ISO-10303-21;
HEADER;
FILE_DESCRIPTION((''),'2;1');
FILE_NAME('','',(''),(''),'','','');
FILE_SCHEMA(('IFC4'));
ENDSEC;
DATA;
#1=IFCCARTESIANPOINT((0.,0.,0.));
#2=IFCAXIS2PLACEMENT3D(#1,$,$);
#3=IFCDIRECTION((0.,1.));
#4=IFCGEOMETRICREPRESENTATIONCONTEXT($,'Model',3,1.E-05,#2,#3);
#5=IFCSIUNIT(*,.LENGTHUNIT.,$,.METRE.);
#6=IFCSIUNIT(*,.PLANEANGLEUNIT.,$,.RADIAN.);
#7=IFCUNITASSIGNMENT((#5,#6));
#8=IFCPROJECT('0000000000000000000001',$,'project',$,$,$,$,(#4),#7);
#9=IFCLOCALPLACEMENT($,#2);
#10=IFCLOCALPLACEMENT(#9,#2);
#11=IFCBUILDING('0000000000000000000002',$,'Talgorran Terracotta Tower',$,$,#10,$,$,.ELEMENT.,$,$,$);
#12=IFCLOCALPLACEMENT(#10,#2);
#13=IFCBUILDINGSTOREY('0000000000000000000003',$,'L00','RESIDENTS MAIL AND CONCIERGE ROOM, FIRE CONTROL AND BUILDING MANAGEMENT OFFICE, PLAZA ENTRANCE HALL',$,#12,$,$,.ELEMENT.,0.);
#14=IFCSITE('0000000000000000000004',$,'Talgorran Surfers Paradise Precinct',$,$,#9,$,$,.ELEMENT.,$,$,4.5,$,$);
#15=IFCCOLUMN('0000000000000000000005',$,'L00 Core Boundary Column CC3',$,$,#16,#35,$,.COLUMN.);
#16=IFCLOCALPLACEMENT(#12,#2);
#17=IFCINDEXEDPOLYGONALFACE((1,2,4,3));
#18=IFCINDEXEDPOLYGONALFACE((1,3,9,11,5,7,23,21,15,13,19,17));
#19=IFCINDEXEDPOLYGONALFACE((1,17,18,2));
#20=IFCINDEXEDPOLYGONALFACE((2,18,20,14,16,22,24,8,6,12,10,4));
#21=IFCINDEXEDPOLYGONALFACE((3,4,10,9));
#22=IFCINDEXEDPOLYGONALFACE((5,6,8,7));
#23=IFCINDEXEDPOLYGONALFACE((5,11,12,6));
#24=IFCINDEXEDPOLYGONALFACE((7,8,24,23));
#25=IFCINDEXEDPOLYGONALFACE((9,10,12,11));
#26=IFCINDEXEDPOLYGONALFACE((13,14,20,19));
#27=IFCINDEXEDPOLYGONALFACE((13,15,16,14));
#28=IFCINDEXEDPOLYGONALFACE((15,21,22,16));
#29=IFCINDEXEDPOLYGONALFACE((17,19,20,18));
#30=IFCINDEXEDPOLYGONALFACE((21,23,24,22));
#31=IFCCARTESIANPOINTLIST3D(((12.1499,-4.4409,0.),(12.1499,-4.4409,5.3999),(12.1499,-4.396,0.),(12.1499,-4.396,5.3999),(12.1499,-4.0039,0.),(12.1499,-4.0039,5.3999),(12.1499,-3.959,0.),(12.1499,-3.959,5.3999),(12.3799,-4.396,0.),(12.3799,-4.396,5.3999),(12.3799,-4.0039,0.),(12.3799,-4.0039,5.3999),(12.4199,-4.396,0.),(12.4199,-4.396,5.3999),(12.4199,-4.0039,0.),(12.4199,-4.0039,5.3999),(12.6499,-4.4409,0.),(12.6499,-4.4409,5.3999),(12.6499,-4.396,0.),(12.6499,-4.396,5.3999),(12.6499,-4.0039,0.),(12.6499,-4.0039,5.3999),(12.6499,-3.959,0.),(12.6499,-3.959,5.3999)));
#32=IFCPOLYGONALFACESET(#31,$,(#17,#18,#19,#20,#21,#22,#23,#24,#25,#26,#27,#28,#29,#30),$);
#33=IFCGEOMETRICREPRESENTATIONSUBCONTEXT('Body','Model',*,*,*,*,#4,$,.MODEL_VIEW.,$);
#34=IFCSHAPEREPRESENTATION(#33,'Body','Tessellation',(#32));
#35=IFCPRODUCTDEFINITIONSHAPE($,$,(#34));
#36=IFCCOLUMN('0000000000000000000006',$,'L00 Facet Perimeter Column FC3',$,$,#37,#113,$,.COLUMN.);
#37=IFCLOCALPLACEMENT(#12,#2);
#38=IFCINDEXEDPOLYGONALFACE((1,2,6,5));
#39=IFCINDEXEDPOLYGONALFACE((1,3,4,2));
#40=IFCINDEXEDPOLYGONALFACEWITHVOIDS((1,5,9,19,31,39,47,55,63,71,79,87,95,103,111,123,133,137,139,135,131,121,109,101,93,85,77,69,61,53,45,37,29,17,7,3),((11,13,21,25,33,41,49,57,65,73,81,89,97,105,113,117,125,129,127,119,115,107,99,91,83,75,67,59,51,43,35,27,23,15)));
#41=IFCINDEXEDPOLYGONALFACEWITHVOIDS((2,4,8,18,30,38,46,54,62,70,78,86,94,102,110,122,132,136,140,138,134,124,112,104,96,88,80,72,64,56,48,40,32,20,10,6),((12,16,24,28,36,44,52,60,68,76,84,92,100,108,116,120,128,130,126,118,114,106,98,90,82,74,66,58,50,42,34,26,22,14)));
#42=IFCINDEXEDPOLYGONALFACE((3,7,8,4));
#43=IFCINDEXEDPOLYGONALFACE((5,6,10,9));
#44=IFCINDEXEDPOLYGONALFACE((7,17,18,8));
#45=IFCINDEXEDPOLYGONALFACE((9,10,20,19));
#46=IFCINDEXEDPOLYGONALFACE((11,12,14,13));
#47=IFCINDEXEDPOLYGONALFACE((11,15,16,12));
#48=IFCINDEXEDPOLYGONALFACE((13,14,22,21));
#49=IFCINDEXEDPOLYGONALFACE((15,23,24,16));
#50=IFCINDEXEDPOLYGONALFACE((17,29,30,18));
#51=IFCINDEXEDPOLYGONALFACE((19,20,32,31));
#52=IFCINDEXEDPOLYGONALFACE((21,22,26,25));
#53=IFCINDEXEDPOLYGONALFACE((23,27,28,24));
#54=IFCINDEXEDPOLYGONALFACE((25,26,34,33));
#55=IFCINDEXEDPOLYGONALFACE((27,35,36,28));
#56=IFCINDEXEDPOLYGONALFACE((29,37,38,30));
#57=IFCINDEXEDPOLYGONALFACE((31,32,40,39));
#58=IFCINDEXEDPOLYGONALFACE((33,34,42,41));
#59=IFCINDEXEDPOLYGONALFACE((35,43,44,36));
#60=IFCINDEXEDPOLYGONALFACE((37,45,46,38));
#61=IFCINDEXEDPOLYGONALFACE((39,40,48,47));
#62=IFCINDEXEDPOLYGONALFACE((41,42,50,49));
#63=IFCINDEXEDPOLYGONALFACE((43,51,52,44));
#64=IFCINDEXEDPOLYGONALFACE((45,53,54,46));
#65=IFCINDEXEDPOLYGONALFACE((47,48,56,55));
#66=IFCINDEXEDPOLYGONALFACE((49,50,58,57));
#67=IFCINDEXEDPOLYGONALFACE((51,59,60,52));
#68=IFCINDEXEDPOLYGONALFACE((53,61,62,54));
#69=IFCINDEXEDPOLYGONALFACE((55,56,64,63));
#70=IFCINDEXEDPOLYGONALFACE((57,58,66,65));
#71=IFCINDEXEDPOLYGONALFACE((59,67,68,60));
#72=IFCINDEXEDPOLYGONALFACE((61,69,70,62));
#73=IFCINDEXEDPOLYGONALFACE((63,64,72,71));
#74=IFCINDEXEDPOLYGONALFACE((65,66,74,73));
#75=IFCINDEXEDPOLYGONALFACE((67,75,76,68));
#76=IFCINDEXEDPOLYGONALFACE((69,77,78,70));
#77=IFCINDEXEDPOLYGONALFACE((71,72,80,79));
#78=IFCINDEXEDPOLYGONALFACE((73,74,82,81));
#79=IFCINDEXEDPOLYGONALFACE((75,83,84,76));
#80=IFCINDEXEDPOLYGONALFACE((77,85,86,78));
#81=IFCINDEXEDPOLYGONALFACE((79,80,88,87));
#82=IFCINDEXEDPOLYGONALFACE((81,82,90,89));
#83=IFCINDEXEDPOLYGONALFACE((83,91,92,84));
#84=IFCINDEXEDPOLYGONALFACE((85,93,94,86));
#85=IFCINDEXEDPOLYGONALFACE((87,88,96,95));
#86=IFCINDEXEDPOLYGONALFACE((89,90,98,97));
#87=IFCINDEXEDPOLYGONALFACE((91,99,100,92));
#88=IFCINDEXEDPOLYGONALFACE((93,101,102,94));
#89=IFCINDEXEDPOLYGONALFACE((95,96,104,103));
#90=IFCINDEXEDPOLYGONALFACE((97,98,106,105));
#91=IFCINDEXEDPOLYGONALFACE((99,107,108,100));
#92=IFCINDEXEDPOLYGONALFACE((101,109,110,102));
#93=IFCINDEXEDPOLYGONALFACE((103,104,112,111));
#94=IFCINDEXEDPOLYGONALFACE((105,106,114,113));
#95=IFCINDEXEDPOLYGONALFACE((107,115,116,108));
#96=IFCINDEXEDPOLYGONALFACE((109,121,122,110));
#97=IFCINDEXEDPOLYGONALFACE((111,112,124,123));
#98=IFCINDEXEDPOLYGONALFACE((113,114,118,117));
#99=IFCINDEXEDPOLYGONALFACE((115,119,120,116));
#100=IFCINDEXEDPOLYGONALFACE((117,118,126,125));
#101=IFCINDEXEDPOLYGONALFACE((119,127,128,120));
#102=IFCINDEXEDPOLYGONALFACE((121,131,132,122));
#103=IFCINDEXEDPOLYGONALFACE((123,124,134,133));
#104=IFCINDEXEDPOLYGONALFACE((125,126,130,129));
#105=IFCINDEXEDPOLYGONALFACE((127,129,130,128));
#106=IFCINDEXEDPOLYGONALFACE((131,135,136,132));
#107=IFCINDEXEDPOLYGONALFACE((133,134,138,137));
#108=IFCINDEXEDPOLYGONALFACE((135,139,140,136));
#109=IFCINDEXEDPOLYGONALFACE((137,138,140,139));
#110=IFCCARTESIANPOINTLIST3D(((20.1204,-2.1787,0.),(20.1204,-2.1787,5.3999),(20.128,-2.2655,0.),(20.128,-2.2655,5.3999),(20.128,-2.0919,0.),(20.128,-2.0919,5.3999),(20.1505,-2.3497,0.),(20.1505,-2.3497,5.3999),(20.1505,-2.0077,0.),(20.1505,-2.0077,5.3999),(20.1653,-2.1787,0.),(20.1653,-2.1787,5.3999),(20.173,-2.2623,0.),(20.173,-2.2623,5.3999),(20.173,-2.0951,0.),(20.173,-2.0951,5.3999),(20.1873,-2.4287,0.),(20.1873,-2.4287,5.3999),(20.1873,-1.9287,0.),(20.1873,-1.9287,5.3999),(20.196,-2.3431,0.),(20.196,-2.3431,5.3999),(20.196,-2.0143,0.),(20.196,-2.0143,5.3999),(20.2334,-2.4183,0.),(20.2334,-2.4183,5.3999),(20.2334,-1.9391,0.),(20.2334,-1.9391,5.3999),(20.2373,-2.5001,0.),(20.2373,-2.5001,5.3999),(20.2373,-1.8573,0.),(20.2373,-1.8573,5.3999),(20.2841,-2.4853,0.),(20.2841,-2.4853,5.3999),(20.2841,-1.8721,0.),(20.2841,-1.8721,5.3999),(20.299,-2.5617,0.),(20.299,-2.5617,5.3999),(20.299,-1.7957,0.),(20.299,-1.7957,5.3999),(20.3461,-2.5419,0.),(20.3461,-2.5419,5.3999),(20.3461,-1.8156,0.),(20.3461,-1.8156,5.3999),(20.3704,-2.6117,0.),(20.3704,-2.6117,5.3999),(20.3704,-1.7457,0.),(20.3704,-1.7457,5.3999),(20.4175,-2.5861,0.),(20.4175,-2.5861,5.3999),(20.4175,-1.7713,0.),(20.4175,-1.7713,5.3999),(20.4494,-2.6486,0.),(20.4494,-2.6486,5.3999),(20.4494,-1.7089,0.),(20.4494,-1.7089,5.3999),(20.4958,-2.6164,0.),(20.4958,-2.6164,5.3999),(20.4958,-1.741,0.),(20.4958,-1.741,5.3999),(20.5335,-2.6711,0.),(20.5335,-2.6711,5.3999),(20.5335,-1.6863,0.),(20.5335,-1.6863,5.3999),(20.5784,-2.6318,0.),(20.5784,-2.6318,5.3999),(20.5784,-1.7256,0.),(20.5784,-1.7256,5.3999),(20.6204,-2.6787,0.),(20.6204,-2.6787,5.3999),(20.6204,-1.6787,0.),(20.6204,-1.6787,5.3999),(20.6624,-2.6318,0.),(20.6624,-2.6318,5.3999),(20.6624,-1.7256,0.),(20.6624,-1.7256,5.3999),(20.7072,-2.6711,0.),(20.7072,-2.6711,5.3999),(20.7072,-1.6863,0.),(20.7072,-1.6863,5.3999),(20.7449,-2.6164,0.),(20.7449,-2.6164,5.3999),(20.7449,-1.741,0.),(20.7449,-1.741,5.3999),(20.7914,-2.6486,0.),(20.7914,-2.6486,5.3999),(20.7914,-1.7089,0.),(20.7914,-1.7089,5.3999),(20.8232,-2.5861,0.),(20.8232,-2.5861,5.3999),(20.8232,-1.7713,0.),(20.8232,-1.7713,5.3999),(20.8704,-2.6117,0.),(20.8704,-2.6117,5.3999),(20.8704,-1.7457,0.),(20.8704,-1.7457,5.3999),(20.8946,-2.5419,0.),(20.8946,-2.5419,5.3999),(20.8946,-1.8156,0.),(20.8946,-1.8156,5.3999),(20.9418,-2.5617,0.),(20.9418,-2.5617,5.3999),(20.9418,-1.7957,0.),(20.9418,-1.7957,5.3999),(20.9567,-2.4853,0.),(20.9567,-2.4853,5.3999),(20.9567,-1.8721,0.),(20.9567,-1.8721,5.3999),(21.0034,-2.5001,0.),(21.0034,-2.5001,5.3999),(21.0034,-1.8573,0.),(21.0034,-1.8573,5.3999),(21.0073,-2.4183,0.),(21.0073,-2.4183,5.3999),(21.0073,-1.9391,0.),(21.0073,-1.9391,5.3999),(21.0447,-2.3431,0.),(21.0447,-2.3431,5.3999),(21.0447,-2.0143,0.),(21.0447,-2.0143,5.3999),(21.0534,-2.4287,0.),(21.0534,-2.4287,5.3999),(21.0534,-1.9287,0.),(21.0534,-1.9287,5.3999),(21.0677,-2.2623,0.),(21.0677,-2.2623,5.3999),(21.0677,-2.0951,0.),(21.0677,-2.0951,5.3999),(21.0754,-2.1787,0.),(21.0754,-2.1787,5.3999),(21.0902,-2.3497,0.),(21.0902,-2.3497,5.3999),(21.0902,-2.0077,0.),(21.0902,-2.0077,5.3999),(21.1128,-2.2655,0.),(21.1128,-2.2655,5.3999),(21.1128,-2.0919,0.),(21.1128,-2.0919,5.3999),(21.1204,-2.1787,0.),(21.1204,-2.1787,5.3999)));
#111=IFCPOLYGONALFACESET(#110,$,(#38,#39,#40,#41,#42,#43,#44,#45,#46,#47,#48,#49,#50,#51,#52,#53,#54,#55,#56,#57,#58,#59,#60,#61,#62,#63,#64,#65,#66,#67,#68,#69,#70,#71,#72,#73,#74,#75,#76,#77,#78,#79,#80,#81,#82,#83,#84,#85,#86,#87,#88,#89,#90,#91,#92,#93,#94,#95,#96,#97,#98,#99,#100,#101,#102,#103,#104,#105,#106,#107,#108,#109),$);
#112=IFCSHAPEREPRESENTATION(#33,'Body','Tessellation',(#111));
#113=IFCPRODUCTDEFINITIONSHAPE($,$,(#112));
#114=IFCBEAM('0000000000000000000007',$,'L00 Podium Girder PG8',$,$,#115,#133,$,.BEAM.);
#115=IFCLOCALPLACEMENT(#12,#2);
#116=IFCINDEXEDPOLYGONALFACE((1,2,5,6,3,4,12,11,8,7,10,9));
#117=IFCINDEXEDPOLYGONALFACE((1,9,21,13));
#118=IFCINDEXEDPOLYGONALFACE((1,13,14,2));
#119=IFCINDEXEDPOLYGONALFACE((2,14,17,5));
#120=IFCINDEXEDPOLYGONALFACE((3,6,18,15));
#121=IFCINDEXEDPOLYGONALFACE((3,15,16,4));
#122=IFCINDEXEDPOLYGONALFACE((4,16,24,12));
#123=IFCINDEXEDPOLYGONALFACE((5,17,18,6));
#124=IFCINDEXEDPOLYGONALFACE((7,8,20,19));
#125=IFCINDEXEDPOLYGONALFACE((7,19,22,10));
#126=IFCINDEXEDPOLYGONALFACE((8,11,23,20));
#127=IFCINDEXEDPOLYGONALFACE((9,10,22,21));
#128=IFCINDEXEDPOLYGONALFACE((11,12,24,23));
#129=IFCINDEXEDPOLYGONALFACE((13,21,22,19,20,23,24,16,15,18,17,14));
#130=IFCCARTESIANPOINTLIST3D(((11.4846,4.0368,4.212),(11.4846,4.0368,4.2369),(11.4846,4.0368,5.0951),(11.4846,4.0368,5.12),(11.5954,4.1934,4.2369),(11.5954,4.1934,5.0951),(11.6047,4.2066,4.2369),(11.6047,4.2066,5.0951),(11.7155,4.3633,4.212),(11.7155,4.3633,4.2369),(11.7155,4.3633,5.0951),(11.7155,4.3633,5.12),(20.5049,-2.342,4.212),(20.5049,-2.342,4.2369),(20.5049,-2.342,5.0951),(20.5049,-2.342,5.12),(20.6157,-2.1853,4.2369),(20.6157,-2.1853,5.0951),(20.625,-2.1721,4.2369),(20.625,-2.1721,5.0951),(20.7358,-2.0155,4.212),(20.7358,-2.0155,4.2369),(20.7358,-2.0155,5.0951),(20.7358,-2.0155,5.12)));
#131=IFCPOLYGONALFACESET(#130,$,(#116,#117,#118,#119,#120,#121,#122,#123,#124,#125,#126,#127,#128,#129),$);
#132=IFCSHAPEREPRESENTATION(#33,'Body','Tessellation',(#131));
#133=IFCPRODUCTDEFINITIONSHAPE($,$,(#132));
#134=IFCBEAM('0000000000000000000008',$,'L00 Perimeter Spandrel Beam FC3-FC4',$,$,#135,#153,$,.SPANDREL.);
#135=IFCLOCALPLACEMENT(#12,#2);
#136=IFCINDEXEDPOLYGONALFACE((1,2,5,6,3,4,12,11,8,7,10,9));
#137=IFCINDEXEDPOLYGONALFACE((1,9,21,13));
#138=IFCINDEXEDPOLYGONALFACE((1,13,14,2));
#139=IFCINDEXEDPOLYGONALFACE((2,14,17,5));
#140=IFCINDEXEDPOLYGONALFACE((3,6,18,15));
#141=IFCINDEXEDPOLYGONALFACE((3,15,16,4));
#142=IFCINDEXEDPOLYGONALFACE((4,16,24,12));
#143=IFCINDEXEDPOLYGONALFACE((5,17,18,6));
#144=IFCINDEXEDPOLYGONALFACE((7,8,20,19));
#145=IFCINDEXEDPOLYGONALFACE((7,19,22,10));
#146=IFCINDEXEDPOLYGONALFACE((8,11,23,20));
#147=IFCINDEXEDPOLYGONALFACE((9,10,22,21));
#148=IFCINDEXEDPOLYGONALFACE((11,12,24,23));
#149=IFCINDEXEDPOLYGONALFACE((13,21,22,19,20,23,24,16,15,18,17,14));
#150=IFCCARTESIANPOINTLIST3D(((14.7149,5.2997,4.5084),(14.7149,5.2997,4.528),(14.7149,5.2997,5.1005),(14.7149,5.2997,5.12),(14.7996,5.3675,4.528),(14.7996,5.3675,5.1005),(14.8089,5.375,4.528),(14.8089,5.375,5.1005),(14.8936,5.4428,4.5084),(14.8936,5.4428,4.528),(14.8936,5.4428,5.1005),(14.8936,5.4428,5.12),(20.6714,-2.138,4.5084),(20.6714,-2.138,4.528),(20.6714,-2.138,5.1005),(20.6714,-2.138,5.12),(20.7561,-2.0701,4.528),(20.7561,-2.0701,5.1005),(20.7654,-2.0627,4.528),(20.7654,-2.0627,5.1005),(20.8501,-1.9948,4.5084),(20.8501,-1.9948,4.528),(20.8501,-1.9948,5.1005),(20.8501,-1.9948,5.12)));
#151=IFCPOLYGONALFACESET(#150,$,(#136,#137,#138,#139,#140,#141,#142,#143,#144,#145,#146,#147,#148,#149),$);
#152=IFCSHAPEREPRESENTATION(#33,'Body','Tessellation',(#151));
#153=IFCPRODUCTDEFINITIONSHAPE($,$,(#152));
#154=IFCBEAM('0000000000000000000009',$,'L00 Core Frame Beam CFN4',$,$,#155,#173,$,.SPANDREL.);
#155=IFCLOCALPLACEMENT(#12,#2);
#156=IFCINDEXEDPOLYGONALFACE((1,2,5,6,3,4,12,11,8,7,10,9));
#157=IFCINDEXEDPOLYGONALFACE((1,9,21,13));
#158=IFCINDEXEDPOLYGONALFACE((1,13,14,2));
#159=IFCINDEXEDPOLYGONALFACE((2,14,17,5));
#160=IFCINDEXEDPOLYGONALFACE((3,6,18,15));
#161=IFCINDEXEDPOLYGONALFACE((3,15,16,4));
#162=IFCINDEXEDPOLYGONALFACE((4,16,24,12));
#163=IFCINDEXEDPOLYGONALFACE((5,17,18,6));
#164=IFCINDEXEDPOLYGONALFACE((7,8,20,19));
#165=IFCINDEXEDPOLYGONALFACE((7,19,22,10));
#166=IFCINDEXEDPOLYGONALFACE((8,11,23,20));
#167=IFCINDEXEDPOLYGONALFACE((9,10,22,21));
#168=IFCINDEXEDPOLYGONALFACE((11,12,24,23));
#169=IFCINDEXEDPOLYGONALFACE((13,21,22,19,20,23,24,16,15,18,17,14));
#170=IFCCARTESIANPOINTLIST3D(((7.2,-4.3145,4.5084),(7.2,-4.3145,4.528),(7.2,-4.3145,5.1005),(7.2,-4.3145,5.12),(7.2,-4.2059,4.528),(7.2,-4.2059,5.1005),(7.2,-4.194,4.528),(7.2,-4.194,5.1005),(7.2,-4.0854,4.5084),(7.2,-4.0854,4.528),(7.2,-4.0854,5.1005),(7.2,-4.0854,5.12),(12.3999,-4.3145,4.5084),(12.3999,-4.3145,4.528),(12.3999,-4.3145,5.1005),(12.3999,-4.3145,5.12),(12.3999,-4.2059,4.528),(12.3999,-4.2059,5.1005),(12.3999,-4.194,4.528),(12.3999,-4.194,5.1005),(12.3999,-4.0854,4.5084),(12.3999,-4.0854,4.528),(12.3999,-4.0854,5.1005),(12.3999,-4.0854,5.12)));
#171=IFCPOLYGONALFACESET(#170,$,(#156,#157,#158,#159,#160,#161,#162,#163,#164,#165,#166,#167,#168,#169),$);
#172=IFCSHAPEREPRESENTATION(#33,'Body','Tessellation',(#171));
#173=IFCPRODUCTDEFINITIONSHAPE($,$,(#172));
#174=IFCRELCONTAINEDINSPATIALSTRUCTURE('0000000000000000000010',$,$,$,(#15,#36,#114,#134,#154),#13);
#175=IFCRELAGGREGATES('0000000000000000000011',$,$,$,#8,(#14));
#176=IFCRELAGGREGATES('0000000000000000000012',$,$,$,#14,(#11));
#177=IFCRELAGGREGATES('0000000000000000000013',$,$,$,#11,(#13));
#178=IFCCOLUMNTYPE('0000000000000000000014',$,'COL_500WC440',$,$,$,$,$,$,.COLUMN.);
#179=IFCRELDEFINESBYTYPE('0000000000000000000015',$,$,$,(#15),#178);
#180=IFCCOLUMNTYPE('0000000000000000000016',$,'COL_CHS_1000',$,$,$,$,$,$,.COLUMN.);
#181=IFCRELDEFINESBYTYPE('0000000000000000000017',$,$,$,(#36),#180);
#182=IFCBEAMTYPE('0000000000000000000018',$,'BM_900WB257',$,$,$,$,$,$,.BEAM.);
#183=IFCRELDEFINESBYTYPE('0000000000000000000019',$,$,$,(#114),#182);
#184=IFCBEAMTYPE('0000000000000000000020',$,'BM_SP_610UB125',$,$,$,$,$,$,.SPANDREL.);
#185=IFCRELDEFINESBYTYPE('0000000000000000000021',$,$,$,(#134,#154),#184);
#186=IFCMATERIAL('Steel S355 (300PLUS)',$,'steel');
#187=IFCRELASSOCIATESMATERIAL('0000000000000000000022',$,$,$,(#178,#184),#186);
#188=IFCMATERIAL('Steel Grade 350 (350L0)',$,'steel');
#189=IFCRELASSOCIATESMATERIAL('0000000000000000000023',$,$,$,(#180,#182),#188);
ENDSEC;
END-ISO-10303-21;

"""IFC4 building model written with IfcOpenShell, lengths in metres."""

from ifc_helpers import new_model, si_unit, direction, frame, origin, origin_2d, place, context, subcontext, project, spatial, hollow_circle, i_section, extrude, material, material_profile, profile_set, type_object, element, save


model = new_model("IFC4")

# Units and contexts
model_context = context("Model", 3, precision=1e-05, world=origin(), true_north=direction((0.0, 1.0)))
body_context = subcontext(model_context, "Body", "Model", "MODEL_VIEW")
ifc_project = project(units=[si_unit("LENGTHUNIT", "METRE"), si_unit("PLANEANGLEUNIT", "RADIAN")], contexts=[model_context])

# Site, building, storey
site_placement = place(None, origin())
site = spatial("IfcSite", under=ifc_project, at=site_placement, Name="Talgorran Surfers Paradise Precinct", CompositionType="ELEMENT", RefElevation=4.5)
building_placement = place(site_placement, origin())
building = spatial("IfcBuilding", under=site, at=building_placement, Name="Talgorran Terracotta Tower", CompositionType="ELEMENT")
storey_placement = place(building_placement, origin())
storey = spatial("IfcBuildingStorey", under=building, at=storey_placement, Name="L00", Description="RESIDENTS MAIL AND CONCIERGE ROOM, FIRE CONTROL AND BUILDING MANAGEMENT OFFICE, PLAZA ENTRANCE HALL", CompositionType="ELEMENT", Elevation=0.0)

# Columns
ifc_material_1 = material(Name="Steel S355 (300PLUS)", Category="steel")
ifc_material_profile_1 = material_profile(ifc_material_1, i_section(OverallWidth=0.5, OverallDepth=0.4819, WebThickness=0.04, FlangeThickness=0.0449, at=origin_2d()), Name="500WC440")
ifc_profile_set_1 = profile_set([ifc_material_profile_1], Name="Steel S355 (300PLUS)")
column_type_1 = type_object("IfcColumnType", Name="COL_500WC440", PredefinedType="COLUMN", material=ifc_profile_set_1)
column_1_placement = place(storey_placement, frame((12.3999, -4.2, 0.0), z_axis=(0.0, 0.0, 1.0), x_axis=(1.0, 0.0, 0.0)))
element("IfcColumn", 1, at=column_1_placement, inside=storey, type_object=column_type_1, Name="L00 Core Boundary Column CC3", PredefinedType="COLUMN", context=body_context, shape_type="SweptSolid", body=[
    extrude(i_section(OverallWidth=0.5, OverallDepth=0.4819, WebThickness=0.04, FlangeThickness=0.0449, at=origin_2d()), origin(), (0.0, 0.0, 1.0), 5.3999),
])
ifc_material_2 = material(Name="Steel Grade 350 (350L0)", Category="steel")
ifc_material_profile_2 = material_profile(ifc_material_2, hollow_circle(Radius=0.5, WallThickness=0.0449, at=origin_2d()), Name="CHS1000X45")
ifc_profile_set_2 = profile_set([ifc_material_profile_2], Name="Steel Grade 350 (350L0)")
column_type_2 = type_object("IfcColumnType", Name="COL_CHS_1000", PredefinedType="COLUMN", material=ifc_profile_set_2)
column_2_placement = place(storey_placement, frame((20.6204, -2.1787, 0.0), z_axis=(0.0, 0.0, 1.0), x_axis=(1.0, 0.0, 0.0)))
element("IfcColumn", 2, at=column_2_placement, inside=storey, type_object=column_type_2, Name="L00 Facet Perimeter Column FC3", PredefinedType="COLUMN", context=body_context, shape_type="SweptSolid", body=[
    extrude(hollow_circle(Radius=0.5, WallThickness=0.0449, at=origin_2d()), origin(), (0.0, 0.0, 1.0), 5.3999),
])

# Beams
ifc_material_profile_3 = material_profile(ifc_material_2, i_section(OverallWidth=0.3999, OverallDepth=0.908, WebThickness=0.0161, FlangeThickness=0.0249, at=origin_2d()), Name="900WB257")
ifc_profile_set_3 = profile_set([ifc_material_profile_3], Name="Steel Grade 350 (350L0)")
beam_type_1 = type_object("IfcBeamType", Name="BM_900WB257", PredefinedType="BEAM", material=ifc_profile_set_3)
beam_1_placement = place(storey_placement, frame((20.6204, -2.1787, 4.666), z_axis=(-0.816481, 0.577373, 0.0), x_axis=(-0.577373, -0.816481, 0.0)))
element("IfcBeam", 3, at=beam_1_placement, inside=storey, type_object=beam_type_1, Name="L00 Podium Girder PG8", PredefinedType="BEAM", context=body_context, shape_type="SweptSolid", body=[
    extrude(i_section(OverallWidth=0.3999, OverallDepth=0.908, WebThickness=0.0161, FlangeThickness=0.0249, at=origin_2d()), origin(), (0.0, 0.0, 1.0), 11.0479),
])
ifc_material_profile_4 = material_profile(ifc_material_1, i_section(OverallWidth=0.229, OverallDepth=0.6116, WebThickness=0.012, FlangeThickness=0.0195, at=origin_2d()), Name="610UB125")
ifc_profile_set_4 = profile_set([ifc_material_profile_4], Name="Steel S355 (300PLUS)")
beam_type_2 = type_object("IfcBeamType", Name="BM_SP_610UB125", PredefinedType="SPANDREL", material=ifc_profile_set_4)
beam_2_placement = place(storey_placement, frame((20.7607, -2.0664, 4.8142), z_axis=(-0.625101, 0.780544, 0.0), x_axis=(-0.780544, -0.625101, 0.0)))
element("IfcBeam", 4, at=beam_2_placement, inside=storey, type_object=beam_type_2, Name="L00 Perimeter Spandrel Beam FC3-FC4", PredefinedType="SPANDREL", context=body_context, shape_type="SweptSolid", body=[
    extrude(i_section(OverallWidth=0.229, OverallDepth=0.6116, WebThickness=0.012, FlangeThickness=0.0195, at=origin_2d()), origin(), (0.0, 0.0, 1.0), 9.5288),
])
beam_3_placement = place(storey_placement, frame((7.2, -4.2, 4.8142), z_axis=(1.0, 0.0, 0.0), x_axis=(0.0, 1.0, 0.0)))
element("IfcBeam", 5, at=beam_3_placement, inside=storey, type_object=beam_type_2, Name="L00 Core Frame Beam CFN4", PredefinedType="SPANDREL", context=body_context, shape_type="SweptSolid", body=[
    extrude(i_section(OverallWidth=0.229, OverallDepth=0.6116, WebThickness=0.012, FlangeThickness=0.0195, at=origin_2d()), origin(), (0.0, 0.0, 1.0), 5.2),
])

save(model, "model.ifc")
